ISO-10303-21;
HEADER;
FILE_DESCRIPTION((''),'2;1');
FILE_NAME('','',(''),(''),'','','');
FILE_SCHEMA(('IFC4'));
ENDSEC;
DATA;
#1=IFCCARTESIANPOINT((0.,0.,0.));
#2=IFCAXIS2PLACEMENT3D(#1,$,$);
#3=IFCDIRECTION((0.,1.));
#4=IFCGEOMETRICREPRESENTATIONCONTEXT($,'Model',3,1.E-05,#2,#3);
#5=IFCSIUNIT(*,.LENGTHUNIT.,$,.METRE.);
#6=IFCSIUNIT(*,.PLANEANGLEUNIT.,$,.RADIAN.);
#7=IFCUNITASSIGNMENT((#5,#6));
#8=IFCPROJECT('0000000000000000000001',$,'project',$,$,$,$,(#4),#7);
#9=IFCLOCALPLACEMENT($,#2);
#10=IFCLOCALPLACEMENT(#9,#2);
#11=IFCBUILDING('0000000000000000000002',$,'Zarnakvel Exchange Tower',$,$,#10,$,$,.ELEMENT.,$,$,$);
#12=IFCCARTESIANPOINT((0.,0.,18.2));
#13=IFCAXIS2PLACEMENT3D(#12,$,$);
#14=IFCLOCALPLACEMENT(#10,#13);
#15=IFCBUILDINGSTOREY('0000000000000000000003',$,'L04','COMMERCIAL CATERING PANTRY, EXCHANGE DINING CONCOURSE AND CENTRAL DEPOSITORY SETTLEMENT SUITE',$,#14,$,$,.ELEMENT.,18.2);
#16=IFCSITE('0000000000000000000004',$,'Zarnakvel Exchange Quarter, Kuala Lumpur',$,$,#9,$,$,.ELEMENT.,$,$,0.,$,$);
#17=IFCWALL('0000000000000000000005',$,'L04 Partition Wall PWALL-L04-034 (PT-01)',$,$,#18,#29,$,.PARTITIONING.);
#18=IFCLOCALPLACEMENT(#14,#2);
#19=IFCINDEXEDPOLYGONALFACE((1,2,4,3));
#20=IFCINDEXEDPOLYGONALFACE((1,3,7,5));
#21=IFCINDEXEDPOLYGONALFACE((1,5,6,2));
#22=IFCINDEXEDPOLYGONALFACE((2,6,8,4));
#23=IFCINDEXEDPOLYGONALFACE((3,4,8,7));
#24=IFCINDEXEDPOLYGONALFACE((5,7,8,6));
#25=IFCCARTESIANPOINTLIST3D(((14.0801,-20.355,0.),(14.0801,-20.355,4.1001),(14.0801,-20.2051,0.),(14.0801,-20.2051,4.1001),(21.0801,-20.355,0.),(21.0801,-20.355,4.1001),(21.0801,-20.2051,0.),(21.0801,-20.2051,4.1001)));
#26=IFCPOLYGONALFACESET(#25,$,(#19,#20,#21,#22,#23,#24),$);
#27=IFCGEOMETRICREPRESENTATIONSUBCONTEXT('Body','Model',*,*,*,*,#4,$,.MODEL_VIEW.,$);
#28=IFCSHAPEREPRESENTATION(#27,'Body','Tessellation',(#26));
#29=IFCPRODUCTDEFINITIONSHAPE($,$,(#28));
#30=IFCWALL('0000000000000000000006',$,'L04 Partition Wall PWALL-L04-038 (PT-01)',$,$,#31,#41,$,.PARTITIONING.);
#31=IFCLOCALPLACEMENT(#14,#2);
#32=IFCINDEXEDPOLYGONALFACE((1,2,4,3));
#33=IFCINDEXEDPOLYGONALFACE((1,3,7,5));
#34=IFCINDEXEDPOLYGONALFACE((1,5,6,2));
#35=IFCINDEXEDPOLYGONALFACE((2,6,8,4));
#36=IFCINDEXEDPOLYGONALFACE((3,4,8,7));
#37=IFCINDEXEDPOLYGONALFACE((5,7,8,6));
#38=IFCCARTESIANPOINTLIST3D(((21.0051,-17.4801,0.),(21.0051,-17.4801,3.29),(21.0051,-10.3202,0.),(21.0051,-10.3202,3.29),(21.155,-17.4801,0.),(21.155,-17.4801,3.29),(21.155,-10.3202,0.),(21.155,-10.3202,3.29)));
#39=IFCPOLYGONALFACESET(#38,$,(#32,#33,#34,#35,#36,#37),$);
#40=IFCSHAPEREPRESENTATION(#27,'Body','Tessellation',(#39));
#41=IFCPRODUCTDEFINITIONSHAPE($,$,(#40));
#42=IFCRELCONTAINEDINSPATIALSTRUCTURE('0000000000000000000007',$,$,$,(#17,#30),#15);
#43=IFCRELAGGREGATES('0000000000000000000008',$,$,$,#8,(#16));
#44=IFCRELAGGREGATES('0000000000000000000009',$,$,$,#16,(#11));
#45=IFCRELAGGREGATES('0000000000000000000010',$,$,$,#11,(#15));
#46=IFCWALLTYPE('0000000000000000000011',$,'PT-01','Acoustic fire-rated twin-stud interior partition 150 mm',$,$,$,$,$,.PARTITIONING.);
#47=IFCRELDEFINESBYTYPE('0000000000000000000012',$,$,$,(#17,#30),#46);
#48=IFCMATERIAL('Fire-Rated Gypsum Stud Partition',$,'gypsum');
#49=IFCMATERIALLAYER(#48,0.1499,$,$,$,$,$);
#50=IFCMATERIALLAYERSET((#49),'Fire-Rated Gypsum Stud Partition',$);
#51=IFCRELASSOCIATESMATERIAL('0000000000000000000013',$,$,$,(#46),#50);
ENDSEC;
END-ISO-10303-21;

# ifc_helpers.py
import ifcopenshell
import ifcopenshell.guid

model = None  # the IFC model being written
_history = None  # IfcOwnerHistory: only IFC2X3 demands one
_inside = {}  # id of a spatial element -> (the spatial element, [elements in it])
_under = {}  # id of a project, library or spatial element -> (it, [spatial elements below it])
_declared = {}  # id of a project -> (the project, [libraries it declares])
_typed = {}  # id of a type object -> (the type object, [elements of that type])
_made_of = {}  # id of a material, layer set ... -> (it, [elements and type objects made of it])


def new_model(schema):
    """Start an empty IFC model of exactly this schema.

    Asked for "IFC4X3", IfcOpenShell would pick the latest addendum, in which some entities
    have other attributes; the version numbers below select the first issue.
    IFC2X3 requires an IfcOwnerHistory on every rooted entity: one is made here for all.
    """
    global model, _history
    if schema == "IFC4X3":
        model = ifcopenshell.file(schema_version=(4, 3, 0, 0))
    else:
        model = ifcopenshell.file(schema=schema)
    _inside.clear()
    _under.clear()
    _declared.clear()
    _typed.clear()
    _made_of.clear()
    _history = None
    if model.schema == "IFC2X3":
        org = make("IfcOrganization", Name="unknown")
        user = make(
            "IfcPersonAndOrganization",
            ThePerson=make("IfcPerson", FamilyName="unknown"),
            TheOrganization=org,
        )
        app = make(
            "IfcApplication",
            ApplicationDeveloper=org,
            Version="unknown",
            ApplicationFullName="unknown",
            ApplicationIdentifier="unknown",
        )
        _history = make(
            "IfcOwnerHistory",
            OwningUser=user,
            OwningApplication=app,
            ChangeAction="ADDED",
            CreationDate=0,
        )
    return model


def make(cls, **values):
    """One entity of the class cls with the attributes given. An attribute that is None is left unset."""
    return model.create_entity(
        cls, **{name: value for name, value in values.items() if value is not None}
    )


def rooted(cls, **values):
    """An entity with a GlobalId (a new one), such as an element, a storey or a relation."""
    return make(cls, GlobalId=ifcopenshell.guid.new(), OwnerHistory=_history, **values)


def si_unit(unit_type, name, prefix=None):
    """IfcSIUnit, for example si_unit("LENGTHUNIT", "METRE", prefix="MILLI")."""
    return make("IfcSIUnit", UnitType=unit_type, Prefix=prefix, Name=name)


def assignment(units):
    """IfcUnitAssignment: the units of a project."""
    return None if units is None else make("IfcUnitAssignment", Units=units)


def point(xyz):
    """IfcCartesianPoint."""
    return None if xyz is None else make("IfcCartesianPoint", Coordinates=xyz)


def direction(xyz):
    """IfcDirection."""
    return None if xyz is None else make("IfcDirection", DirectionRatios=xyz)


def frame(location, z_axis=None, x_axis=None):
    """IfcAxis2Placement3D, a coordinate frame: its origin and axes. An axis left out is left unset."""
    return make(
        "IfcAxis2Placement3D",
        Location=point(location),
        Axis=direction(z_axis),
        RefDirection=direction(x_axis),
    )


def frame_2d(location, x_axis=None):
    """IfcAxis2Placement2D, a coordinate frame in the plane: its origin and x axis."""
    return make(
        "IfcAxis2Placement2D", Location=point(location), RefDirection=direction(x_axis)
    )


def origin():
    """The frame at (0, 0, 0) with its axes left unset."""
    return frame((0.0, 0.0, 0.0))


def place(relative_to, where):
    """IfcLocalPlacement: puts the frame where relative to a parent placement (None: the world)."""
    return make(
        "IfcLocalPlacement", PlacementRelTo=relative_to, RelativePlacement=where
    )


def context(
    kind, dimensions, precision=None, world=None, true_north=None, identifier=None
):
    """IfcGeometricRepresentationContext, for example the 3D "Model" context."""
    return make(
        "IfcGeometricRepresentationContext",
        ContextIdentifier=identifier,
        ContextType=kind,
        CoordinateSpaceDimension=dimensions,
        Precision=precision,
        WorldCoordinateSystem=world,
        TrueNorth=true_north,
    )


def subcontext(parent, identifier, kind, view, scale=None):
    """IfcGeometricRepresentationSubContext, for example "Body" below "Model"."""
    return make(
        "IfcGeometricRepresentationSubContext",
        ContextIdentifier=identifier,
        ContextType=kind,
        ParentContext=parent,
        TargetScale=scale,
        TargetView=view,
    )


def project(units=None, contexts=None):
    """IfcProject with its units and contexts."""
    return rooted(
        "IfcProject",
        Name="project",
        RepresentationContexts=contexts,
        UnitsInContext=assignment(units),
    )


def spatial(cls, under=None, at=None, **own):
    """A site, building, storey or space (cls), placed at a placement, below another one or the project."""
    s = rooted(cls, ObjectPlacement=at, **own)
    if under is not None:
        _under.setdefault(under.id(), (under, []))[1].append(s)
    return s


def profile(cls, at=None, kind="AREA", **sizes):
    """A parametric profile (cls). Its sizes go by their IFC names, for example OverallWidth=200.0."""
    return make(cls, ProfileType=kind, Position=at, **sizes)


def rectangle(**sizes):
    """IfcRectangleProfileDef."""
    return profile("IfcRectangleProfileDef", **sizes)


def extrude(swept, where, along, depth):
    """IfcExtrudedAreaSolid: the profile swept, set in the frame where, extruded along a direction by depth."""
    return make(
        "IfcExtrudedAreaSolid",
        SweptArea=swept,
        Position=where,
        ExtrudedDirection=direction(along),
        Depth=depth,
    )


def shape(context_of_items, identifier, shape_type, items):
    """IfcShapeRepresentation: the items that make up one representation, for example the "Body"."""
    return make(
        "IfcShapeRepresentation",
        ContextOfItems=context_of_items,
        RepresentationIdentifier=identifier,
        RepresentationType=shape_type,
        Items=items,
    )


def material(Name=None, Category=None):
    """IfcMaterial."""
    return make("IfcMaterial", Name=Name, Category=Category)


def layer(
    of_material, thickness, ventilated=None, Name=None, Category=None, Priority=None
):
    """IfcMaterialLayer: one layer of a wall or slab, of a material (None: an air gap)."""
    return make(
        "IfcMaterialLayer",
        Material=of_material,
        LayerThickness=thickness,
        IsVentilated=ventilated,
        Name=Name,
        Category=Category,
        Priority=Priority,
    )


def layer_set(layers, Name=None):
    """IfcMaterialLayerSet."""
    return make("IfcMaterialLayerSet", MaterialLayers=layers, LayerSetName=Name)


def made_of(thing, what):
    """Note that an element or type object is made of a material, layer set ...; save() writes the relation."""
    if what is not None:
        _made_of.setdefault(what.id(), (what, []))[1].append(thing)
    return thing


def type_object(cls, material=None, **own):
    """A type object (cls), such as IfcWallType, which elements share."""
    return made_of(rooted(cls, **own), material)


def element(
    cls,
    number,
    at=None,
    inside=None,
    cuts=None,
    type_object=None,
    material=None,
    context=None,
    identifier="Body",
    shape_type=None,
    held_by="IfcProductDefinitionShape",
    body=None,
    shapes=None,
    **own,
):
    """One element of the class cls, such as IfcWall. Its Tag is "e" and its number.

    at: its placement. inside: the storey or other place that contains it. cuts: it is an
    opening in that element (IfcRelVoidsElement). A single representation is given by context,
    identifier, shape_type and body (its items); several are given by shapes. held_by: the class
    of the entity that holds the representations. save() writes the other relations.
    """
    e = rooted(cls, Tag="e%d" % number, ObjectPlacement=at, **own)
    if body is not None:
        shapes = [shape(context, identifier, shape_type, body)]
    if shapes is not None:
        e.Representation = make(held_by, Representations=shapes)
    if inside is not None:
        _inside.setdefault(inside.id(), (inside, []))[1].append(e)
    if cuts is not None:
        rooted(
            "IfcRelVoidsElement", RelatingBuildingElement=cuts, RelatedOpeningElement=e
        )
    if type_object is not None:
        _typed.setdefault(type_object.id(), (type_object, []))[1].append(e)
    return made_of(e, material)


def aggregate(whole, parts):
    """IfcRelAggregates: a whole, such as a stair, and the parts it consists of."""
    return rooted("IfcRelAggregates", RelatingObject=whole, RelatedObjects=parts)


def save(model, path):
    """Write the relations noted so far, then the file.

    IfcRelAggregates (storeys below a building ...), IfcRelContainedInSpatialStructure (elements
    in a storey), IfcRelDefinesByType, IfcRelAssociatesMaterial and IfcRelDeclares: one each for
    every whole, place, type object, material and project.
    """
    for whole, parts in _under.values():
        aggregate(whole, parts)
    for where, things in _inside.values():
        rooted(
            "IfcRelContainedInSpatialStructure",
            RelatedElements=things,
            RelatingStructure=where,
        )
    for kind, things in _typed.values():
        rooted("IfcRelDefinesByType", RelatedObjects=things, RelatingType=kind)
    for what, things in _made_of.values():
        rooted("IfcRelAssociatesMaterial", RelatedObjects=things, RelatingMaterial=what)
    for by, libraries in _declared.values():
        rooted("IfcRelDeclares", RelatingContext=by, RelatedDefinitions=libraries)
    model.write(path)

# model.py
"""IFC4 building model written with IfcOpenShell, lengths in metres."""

from ifc_helpers import new_model, si_unit, direction, frame, frame_2d, origin, place, context, subcontext, project, spatial, rectangle, extrude, material, layer, layer_set, type_object, element, save


model = new_model("IFC4")

# Units and contexts
model_context = context("Model", 3, precision=1e-05, world=origin(), true_north=direction((0.0, 1.0)))
body_context = subcontext(model_context, "Body", "Model", "MODEL_VIEW")
ifc_project = project(units=[si_unit("LENGTHUNIT", "METRE"), si_unit("PLANEANGLEUNIT", "RADIAN")], contexts=[model_context])

# Site, building, storey
site_placement = place(None, origin())
site = spatial("IfcSite", under=ifc_project, at=site_placement, Name="Zarnakvel Exchange Quarter, Kuala Lumpur", CompositionType="ELEMENT", RefElevation=0.0)
building_placement = place(site_placement, origin())
building = spatial("IfcBuilding", under=site, at=building_placement, Name="Zarnakvel Exchange Tower", CompositionType="ELEMENT")
storey_placement = place(building_placement, frame((0.0, 0.0, 18.2)))
storey = spatial("IfcBuildingStorey", under=building, at=storey_placement, Name="L04", Description="COMMERCIAL CATERING PANTRY, EXCHANGE DINING CONCOURSE AND CENTRAL DEPOSITORY SETTLEMENT SUITE", CompositionType="ELEMENT", Elevation=18.2)

# Walls
ifc_material_1 = material(Name="Fire-Rated Gypsum Stud Partition", Category="gypsum")
ifc_layer_1 = layer(ifc_material_1, 0.1499)
ifc_layer_set_1 = layer_set([ifc_layer_1], Name="Fire-Rated Gypsum Stud Partition")
wall_type_1 = type_object("IfcWallType", Name="PT-01", Description="Acoustic fire-rated twin-stud interior partition 150 mm", PredefinedType="PARTITIONING", material=ifc_layer_set_1)
wall_1_placement = place(storey_placement, frame((21.0801, -20.28, 0.0), z_axis=(0.0, 0.0, 1.0), x_axis=(-1.0, 0.0, 0.0)))
element("IfcWall", 1, at=wall_1_placement, inside=storey, type_object=wall_type_1, Name="L04 Partition Wall PWALL-L04-034 (PT-01)", PredefinedType="PARTITIONING", context=body_context, shape_type="SweptSolid", body=[
    extrude(rectangle(XDim=7.0, YDim=0.1499, at=frame_2d((3.5, 0.0))), origin(), (0.0, 0.0, 1.0), 4.1001),
])
wall_2_placement = place(storey_placement, frame((21.0801, -10.3201, 0.0), z_axis=(0.0, 0.0, 1.0), x_axis=(0.0, -1.0, 0.0)))
element("IfcWall", 2, at=wall_2_placement, inside=storey, type_object=wall_type_1, Name="L04 Partition Wall PWALL-L04-038 (PT-01)", PredefinedType="PARTITIONING", context=body_context, shape_type="SweptSolid", body=[
    extrude(rectangle(XDim=7.1599, YDim=0.1499, at=frame_2d((3.5801, 0.0))), origin(), (0.0, 0.0, 1.0), 3.29),
])

save(model, "model.ifc")
